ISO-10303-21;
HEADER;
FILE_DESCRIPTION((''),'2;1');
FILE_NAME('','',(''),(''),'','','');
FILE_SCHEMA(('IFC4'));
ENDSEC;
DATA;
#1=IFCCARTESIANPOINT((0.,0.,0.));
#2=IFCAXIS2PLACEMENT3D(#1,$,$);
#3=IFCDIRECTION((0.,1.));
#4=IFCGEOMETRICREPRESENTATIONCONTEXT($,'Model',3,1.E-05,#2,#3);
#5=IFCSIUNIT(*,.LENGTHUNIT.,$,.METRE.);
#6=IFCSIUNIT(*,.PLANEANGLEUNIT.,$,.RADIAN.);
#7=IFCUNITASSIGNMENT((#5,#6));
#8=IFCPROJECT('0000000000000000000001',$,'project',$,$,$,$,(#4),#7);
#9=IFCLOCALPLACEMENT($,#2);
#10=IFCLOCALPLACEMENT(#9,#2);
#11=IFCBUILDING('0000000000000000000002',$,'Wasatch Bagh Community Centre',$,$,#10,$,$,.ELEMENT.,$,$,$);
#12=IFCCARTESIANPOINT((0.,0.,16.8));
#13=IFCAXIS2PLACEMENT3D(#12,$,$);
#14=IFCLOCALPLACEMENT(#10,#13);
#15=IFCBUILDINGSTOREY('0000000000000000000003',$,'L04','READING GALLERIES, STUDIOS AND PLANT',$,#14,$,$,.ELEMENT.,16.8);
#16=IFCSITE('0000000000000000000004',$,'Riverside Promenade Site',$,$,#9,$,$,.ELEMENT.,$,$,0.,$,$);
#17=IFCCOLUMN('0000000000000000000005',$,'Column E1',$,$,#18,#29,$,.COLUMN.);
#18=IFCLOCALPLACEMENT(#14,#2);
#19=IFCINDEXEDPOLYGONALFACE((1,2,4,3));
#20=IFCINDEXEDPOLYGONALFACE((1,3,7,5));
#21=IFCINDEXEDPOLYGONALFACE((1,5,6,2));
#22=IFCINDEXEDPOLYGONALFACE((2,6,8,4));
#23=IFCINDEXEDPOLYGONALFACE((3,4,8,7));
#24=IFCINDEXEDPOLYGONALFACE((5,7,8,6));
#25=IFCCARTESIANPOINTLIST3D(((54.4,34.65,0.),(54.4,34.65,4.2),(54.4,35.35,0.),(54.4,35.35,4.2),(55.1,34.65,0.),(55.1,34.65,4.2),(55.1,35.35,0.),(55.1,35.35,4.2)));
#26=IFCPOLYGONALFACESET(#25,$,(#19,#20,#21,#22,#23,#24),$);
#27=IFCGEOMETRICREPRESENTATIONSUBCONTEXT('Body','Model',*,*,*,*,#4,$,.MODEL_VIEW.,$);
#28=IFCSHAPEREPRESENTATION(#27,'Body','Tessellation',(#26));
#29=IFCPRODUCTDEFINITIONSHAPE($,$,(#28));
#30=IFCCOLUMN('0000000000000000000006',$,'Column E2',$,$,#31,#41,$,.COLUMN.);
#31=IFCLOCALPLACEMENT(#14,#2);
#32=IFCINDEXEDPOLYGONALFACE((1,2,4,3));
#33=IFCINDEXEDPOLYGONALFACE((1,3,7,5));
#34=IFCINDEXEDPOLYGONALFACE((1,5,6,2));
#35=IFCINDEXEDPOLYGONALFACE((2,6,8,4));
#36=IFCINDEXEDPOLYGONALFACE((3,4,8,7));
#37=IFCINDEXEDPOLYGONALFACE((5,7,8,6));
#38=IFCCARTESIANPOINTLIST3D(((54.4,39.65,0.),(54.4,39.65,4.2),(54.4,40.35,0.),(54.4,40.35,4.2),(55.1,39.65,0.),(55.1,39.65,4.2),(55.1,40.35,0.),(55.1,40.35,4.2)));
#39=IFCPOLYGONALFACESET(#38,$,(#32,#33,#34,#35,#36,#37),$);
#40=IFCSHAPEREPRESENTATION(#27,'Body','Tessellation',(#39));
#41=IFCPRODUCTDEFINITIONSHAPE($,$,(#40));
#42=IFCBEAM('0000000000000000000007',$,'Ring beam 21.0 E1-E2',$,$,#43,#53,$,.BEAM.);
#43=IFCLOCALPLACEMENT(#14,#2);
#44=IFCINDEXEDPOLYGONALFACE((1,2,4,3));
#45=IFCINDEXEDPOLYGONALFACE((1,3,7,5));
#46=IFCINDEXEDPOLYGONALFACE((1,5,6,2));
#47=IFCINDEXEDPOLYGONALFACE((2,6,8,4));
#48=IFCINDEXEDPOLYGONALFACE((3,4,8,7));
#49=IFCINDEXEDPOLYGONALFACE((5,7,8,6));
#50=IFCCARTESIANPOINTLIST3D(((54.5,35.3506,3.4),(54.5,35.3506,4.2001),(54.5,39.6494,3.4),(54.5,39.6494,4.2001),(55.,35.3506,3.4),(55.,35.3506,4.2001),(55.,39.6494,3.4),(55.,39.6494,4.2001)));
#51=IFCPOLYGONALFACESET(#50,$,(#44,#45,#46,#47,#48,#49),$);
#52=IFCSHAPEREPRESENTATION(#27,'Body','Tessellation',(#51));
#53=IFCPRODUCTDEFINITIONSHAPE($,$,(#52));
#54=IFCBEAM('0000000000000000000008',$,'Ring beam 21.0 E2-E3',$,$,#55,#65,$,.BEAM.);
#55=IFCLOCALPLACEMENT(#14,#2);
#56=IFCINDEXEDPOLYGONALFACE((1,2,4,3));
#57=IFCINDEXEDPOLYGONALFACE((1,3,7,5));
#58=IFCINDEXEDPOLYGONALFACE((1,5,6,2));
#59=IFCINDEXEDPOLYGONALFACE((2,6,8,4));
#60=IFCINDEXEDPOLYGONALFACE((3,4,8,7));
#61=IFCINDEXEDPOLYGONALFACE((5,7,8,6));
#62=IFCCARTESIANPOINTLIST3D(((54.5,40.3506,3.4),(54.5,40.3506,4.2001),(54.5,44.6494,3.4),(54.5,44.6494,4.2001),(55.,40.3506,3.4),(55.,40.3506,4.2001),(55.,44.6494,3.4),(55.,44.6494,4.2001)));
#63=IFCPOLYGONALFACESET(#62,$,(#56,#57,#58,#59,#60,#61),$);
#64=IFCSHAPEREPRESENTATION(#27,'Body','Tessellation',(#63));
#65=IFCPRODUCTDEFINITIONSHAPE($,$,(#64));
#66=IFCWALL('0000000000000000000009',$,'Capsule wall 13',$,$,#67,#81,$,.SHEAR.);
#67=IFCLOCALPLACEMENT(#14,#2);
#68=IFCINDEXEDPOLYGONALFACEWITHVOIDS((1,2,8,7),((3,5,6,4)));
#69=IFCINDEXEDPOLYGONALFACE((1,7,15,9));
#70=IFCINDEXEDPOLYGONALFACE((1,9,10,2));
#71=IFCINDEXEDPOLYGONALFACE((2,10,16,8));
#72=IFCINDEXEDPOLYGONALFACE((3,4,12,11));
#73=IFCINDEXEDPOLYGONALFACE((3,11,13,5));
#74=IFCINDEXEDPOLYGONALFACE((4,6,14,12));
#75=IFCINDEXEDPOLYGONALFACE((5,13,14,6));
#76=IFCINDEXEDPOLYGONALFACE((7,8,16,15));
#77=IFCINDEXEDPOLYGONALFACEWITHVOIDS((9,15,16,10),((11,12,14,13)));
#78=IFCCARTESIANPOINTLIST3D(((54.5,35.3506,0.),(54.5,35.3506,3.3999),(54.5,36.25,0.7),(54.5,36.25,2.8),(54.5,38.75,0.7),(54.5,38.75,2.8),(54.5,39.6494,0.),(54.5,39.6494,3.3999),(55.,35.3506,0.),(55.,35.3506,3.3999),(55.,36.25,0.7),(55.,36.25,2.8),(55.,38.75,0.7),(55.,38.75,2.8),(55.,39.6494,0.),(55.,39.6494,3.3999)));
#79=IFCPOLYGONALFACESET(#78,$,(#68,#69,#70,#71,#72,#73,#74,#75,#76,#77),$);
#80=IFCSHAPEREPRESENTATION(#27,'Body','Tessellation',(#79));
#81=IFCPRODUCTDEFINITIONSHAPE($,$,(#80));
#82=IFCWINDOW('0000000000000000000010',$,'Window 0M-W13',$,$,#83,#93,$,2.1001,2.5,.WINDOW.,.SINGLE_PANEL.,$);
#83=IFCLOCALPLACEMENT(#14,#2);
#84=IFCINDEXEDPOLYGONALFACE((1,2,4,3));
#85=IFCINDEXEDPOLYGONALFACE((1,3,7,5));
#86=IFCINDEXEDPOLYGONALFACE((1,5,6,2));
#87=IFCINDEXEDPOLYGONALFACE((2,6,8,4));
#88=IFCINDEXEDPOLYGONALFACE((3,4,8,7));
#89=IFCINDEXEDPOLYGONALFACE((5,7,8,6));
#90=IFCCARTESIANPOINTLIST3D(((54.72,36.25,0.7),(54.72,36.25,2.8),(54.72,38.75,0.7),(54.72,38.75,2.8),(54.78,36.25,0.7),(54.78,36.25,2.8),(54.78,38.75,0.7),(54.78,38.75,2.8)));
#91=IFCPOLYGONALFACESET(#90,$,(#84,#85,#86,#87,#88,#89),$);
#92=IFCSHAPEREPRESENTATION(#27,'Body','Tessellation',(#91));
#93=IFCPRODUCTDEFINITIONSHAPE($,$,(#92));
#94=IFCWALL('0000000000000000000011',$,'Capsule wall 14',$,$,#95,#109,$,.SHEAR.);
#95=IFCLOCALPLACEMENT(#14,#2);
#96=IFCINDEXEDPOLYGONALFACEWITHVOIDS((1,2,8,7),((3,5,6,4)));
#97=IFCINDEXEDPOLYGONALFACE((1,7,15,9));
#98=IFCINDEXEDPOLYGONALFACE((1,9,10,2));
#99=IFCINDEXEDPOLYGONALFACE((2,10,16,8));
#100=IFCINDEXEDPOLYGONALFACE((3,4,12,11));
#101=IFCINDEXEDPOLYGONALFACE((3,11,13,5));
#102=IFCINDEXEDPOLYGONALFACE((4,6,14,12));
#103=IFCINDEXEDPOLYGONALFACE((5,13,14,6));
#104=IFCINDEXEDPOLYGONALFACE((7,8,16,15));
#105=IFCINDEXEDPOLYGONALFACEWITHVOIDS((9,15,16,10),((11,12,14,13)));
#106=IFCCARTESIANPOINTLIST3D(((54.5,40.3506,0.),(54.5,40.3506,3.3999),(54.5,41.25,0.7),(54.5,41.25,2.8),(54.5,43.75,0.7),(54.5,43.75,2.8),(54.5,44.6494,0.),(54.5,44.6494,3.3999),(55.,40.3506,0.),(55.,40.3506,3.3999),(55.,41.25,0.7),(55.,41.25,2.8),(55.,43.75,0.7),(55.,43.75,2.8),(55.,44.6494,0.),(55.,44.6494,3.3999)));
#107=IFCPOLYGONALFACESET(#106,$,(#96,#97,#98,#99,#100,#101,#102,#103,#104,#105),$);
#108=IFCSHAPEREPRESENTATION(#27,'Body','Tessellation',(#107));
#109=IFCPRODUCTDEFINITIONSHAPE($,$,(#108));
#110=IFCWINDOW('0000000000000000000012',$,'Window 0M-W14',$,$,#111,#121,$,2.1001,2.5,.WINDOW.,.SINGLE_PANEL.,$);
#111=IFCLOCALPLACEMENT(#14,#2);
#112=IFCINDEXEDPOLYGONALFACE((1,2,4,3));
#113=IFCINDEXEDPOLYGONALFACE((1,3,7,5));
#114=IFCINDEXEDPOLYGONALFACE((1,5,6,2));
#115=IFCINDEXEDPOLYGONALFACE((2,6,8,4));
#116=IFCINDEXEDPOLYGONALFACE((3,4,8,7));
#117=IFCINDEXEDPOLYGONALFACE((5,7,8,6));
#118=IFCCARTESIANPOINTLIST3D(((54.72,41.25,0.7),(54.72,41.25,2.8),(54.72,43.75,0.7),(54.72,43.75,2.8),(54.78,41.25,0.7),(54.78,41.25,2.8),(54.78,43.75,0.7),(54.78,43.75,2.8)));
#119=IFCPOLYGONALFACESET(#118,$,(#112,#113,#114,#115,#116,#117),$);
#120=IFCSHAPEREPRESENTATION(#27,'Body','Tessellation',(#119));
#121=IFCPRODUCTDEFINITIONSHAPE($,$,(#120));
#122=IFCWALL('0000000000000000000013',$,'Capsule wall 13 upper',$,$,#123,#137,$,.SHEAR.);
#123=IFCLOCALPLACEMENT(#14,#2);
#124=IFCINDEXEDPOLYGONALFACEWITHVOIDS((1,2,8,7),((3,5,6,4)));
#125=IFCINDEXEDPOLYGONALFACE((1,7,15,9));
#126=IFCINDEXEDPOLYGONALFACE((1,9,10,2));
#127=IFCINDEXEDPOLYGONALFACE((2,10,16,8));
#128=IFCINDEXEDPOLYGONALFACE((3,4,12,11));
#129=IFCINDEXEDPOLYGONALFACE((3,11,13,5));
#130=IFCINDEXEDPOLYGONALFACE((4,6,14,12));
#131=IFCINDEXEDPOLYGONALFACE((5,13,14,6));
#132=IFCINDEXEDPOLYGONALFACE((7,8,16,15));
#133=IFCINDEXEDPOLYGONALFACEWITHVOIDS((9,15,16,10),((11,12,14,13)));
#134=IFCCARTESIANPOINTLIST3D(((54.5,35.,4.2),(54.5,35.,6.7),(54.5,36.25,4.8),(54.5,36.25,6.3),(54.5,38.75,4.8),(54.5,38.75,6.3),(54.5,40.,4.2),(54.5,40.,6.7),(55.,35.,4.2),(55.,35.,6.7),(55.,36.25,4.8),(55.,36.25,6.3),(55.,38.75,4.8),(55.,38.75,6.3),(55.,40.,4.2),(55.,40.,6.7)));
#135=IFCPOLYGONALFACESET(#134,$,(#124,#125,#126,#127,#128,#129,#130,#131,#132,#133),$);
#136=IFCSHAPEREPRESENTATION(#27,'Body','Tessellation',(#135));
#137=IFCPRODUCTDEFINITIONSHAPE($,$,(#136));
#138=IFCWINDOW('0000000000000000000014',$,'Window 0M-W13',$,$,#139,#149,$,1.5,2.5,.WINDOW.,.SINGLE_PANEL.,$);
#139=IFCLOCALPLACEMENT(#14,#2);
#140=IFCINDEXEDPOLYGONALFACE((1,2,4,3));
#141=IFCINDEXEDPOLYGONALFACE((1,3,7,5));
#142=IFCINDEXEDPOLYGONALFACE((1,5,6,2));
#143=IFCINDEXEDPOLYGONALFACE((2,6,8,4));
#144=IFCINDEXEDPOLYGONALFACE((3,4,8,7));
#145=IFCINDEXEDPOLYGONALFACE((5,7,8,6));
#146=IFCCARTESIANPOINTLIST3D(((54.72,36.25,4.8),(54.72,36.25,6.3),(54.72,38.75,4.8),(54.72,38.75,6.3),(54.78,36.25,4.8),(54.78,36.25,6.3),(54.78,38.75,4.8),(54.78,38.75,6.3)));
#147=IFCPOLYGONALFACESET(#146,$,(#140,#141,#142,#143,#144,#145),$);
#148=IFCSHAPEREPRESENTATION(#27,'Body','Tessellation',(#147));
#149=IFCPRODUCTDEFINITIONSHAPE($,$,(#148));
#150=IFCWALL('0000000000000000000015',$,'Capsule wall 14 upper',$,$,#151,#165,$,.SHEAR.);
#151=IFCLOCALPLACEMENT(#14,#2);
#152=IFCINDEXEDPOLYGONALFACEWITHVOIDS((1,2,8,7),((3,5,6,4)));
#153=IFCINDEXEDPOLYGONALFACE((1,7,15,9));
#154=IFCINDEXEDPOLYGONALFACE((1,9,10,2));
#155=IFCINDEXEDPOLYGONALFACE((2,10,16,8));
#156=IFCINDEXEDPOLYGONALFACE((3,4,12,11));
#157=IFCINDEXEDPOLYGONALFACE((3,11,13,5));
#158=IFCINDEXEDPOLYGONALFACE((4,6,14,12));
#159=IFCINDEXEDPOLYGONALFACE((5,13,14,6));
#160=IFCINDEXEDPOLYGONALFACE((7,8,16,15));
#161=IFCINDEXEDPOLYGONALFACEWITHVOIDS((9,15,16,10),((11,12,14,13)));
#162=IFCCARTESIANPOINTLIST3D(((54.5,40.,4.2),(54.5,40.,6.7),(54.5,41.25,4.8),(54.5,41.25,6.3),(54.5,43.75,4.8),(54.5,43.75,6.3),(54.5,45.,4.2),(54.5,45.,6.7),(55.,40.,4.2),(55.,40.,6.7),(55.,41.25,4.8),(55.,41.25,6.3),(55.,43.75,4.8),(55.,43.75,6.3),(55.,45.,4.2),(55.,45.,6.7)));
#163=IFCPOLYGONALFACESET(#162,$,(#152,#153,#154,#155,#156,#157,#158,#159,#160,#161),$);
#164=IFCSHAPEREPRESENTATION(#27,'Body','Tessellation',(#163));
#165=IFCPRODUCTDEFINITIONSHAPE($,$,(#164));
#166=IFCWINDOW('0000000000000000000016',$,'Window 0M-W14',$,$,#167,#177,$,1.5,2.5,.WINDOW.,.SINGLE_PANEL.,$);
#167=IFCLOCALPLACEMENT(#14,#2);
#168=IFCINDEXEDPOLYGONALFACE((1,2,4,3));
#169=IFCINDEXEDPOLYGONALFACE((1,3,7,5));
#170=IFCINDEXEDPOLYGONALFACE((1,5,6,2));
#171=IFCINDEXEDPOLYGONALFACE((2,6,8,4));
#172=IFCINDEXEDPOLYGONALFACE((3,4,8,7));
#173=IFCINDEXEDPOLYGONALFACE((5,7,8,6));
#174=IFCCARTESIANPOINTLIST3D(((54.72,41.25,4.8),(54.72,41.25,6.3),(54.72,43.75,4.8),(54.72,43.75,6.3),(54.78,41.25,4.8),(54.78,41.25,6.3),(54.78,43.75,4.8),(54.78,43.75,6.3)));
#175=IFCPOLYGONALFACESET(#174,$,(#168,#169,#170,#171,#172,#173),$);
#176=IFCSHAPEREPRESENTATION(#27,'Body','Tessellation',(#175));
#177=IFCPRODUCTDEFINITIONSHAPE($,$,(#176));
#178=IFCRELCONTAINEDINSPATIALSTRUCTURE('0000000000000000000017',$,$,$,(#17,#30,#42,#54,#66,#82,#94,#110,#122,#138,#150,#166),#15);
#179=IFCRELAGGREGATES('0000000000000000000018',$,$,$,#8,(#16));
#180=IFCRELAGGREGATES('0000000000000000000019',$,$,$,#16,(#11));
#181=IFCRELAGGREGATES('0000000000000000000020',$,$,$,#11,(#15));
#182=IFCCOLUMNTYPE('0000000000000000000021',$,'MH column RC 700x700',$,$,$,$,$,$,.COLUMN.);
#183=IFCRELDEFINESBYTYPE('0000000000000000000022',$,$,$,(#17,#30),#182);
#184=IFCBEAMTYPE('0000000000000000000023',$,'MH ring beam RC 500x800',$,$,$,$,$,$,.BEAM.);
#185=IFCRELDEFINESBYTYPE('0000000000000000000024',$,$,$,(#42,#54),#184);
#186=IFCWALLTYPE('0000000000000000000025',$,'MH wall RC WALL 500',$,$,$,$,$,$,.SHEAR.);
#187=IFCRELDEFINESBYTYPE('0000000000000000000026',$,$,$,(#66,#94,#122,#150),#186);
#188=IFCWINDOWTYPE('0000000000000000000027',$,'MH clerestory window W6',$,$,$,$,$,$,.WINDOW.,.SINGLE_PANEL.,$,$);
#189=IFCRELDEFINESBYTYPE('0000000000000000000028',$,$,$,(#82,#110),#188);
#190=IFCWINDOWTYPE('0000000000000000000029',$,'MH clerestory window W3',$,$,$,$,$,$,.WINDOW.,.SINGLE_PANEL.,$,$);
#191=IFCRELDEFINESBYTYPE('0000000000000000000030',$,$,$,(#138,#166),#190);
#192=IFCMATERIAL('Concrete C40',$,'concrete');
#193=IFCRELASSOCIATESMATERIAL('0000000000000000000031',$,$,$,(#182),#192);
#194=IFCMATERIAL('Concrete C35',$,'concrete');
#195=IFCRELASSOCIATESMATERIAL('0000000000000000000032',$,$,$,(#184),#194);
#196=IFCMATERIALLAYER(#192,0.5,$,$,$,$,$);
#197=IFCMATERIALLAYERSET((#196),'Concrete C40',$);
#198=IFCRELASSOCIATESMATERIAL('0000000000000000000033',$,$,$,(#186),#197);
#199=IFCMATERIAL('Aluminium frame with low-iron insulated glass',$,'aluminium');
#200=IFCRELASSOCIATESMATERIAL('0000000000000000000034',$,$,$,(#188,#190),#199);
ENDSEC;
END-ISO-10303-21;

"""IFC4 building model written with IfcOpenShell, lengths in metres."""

from ifc_helpers import new_model, si_unit, direction, frame, frame_2d, origin, origin_2d, place, context, subcontext, project, spatial, rectangle, extrude, material, layer, layer_set, material_profile, profile_set, type_object, element, fill, save


model = new_model("IFC4")

# Units and contexts
model_context = context("Model", 3, precision=1e-05, world=origin(), true_north=direction((0.0, 1.0)))
body_context = subcontext(model_context, "Body", "Model", "MODEL_VIEW")
ifc_project = project(units=[si_unit("LENGTHUNIT", "METRE"), si_unit("PLANEANGLEUNIT", "RADIAN")], contexts=[model_context])

# Site, building, storey
site_placement = place(None, origin())
site = spatial("IfcSite", under=ifc_project, at=site_placement, Name="Riverside Promenade Site", CompositionType="ELEMENT", RefElevation=0.0)
building_placement = place(site_placement, origin())
building = spatial("IfcBuilding", under=site, at=building_placement, Name="Wasatch Bagh Community Centre", CompositionType="ELEMENT")
storey_placement = place(building_placement, frame((0.0, 0.0, 16.8)))
storey = spatial("IfcBuildingStorey", under=building, at=storey_placement, Name="L04", Description="READING GALLERIES, STUDIOS AND PLANT", CompositionType="ELEMENT", Elevation=16.8)

# Columns
ifc_material_1 = material(Name="Concrete C40", Category="concrete")
ifc_material_profile_1 = material_profile(ifc_material_1, rectangle(XDim=0.7, YDim=0.7, at=origin_2d()), Name="RC 700x700")
ifc_profile_set_1 = profile_set([ifc_material_profile_1], Name="Concrete C40")
column_type = type_object("IfcColumnType", Name="MH column RC 700x700", PredefinedType="COLUMN", material=ifc_profile_set_1)
for number, where, z_axis, x_axis, name in (
    (1, (54.75, 35.0, 0.0), (0.0, 0.0, 1.0), (1.0, 0.0, 0.0), "Column E1"),
    (2, (54.75, 40.0, 0.0), (0.0, 0.0, 1.0), (1.0, 0.0, 0.0), "Column E2"),
):
    element("IfcColumn", number, at=place(storey_placement, frame(where, z_axis=z_axis, x_axis=x_axis)), inside=storey, type_object=column_type, Name=name, PredefinedType="COLUMN", context=body_context, shape_type="SweptSolid", body=[
        extrude(rectangle(XDim=0.7, YDim=0.7, at=origin_2d()), origin(), (0.0, 0.0, 1.0), 4.2),
    ])

# Beams
ifc_material_2 = material(Name="Concrete C35", Category="concrete")
ifc_material_profile_2 = material_profile(ifc_material_2, rectangle(XDim=0.5, YDim=0.8, at=origin_2d()), Name="RC 500x800")
ifc_profile_set_2 = profile_set([ifc_material_profile_2], Name="Concrete C35")
beam_type = type_object("IfcBeamType", Name="MH ring beam RC 500x800", PredefinedType="BEAM", material=ifc_profile_set_2)
for number, where, z_axis, x_axis, name in (
    (3, (54.75, 35.3506, 3.8), (0.0, 1.0, 0.0), (-1.0, 0.0, 0.0), "Ring beam 21.0 E1-E2"),
    (4, (54.75, 40.3506, 3.8), (0.0, 1.0, 0.0), (-1.0, 0.0, 0.0), "Ring beam 21.0 E2-E3"),
):
    element("IfcBeam", number, at=place(storey_placement, frame(where, z_axis=z_axis, x_axis=x_axis)), inside=storey, type_object=beam_type, Name=name, PredefinedType="BEAM", context=body_context, shape_type="SweptSolid", body=[
        extrude(rectangle(XDim=0.5, YDim=0.8, at=origin_2d()), origin(), (0.0, 0.0, 1.0), 4.2988),
    ])

# Walls, openings, windows
ifc_layer_1 = layer(ifc_material_1, 0.5)
ifc_layer_set_1 = layer_set([ifc_layer_1], Name="Concrete C40")
wall_type = type_object("IfcWallType", Name="MH wall RC WALL 500", PredefinedType="SHEAR", material=ifc_layer_set_1)
wall_1_placement = place(storey_placement, frame((54.75, 35.3506, 0.0), z_axis=(0.0, 0.0, 1.0), x_axis=(0.0, 1.0, 0.0)))
wall_1 = element("IfcWall", 5, at=wall_1_placement, inside=storey, type_object=wall_type, Name="Capsule wall 13", PredefinedType="SHEAR", context=body_context, shape_type="SweptSolid", body=[
    extrude(rectangle(XDim=4.2988, YDim=0.5, at=frame_2d((2.1494, 0.0))), origin(), (0.0, 0.0, 1.0), 3.3999),
])
opening_1_placement = place(wall_1_placement, frame((0.8994, 0.0, 0.7)))
opening_1 = element("IfcOpeningElement", 6, at=opening_1_placement, cuts=wall_1, PredefinedType="OPENING", context=body_context, shape_type="SweptSolid", body=[
    extrude(rectangle(XDim=2.5, YDim=2.1001, at=frame_2d((1.25, 1.05))), frame((0.0, 0.26, 0.0), z_axis=(0.0, -1.0, 0.0), x_axis=(1.0, 0.0, 0.0)), (0.0, 0.0, 1.0), 0.52),
])
ifc_material_3 = material(Name="Aluminium frame with low-iron insulated glass", Category="aluminium")
window_type_1 = type_object("IfcWindowType", Name="MH clerestory window W6", PartitioningType="SINGLE_PANEL", PredefinedType="WINDOW", material=ifc_material_3)
window_1_placement = place(opening_1_placement, origin())
window_1 = element("IfcWindow", 7, at=window_1_placement, inside=storey, type_object=window_type_1, Name="Window 0M-W13", OverallHeight=2.1001, OverallWidth=2.5, PartitioningType="SINGLE_PANEL", PredefinedType="WINDOW", context=body_context, shape_type="SweptSolid", body=[
    extrude(rectangle(XDim=2.5, YDim=2.1001, at=frame_2d((1.25, 1.05))), frame((0.0, 0.03, 0.0), z_axis=(0.0, -1.0, 0.0), x_axis=(1.0, 0.0, 0.0)), (0.0, 0.0, 1.0), 0.0601),
])
fill(opening_1, window_1)
wall_2_placement = place(storey_placement, frame((54.75, 40.3506, 0.0), z_axis=(0.0, 0.0, 1.0), x_axis=(0.0, 1.0, 0.0)))
wall_2 = element("IfcWall", 8, at=wall_2_placement, inside=storey, type_object=wall_type, Name="Capsule wall 14", PredefinedType="SHEAR", context=body_context, shape_type="SweptSolid", body=[
    extrude(rectangle(XDim=4.2988, YDim=0.5, at=frame_2d((2.1494, 0.0))), origin(), (0.0, 0.0, 1.0), 3.3999),
])
opening_2_placement = place(wall_2_placement, frame((0.8994, 0.0, 0.7)))
opening_2 = element("IfcOpeningElement", 9, at=opening_2_placement, cuts=wall_2, PredefinedType="OPENING", context=body_context, shape_type="SweptSolid", body=[
    extrude(rectangle(XDim=2.5, YDim=2.1001, at=frame_2d((1.25, 1.05))), frame((0.0, 0.26, 0.0), z_axis=(0.0, -1.0, 0.0), x_axis=(1.0, 0.0, 0.0)), (0.0, 0.0, 1.0), 0.52),
])
window_2_placement = place(opening_2_placement, origin())
window_2 = element("IfcWindow", 10, at=window_2_placement, inside=storey, type_object=window_type_1, Name="Window 0M-W14", OverallHeight=2.1001, OverallWidth=2.5, PartitioningType="SINGLE_PANEL", PredefinedType="WINDOW", context=body_context, shape_type="SweptSolid", body=[
    extrude(rectangle(XDim=2.5, YDim=2.1001, at=frame_2d((1.25, 1.05))), frame((0.0, 0.03, 0.0), z_axis=(0.0, -1.0, 0.0), x_axis=(1.0, 0.0, 0.0)), (0.0, 0.0, 1.0), 0.0601),
])
fill(opening_2, window_2)
wall_3_placement = place(storey_placement, frame((54.75, 35.0, 4.2), z_axis=(0.0, 0.0, 1.0), x_axis=(0.0, 1.0, 0.0)))
wall_3 = element("IfcWall", 11, at=wall_3_placement, inside=storey, type_object=wall_type, Name="Capsule wall 13 upper", PredefinedType="SHEAR", context=body_context, shape_type="SweptSolid", body=[
    extrude(rectangle(XDim=5.0, YDim=0.5, at=frame_2d((2.5, 0.0))), origin(), (0.0, 0.0, 1.0), 2.5),
])
opening_3_placement = place(wall_3_placement, frame((1.25, 0.0, 0.6001)))
opening_3 = element("IfcOpeningElement", 12, at=opening_3_placement, cuts=wall_3, PredefinedType="OPENING", context=body_context, shape_type="SweptSolid", body=[
    extrude(rectangle(XDim=2.5, YDim=1.5, at=frame_2d((1.25, 0.75))), frame((0.0, 0.26, 0.0), z_axis=(0.0, -1.0, 0.0), x_axis=(1.0, 0.0, 0.0)), (0.0, 0.0, 1.0), 0.52),
])
window_type_2 = type_object("IfcWindowType", Name="MH clerestory window W3", PartitioningType="SINGLE_PANEL", PredefinedType="WINDOW", material=ifc_material_3)
window_3_placement = place(opening_3_placement, origin())
window_3 = element("IfcWindow", 13, at=window_3_placement, inside=storey, type_object=window_type_2, Name="Window 0M-W13", OverallHeight=1.5, OverallWidth=2.5, PartitioningType="SINGLE_PANEL", PredefinedType="WINDOW", context=body_context, shape_type="SweptSolid", body=[
    extrude(rectangle(XDim=2.5, YDim=1.5, at=frame_2d((1.25, 0.75))), frame((0.0, 0.03, 0.0), z_axis=(0.0, -1.0, 0.0), x_axis=(1.0, 0.0, 0.0)), (0.0, 0.0, 1.0), 0.0601),
])
fill(opening_3, window_3)
wall_4_placement = place(storey_placement, frame((54.75, 40.0, 4.2), z_axis=(0.0, 0.0, 1.0), x_axis=(0.0, 1.0, 0.0)))
wall_4 = element("IfcWall", 14, at=wall_4_placement, inside=storey, type_object=wall_type, Name="Capsule wall 14 upper", PredefinedType="SHEAR", context=body_context, shape_type="SweptSolid", body=[
    extrude(rectangle(XDim=5.0, YDim=0.5, at=frame_2d((2.5, 0.0))), origin(), (0.0, 0.0, 1.0), 2.5),
])
opening_4_placement = place(wall_4_placement, frame((1.25, 0.0, 0.6001)))
opening_4 = element("IfcOpeningElement", 15, at=opening_4_placement, cuts=wall_4, PredefinedType="OPENING", context=body_context, shape_type="SweptSolid", body=[
    extrude(rectangle(XDim=2.5, YDim=1.5, at=frame_2d((1.25, 0.75))), frame((0.0, 0.26, 0.0), z_axis=(0.0, -1.0, 0.0), x_axis=(1.0, 0.0, 0.0)), (0.0, 0.0, 1.0), 0.52),
])
window_4_placement = place(opening_4_placement, origin())
window_4 = element("IfcWindow", 16, at=window_4_placement, inside=storey, type_object=window_type_2, Name="Window 0M-W14", OverallHeight=1.5, OverallWidth=2.5, PartitioningType="SINGLE_PANEL", PredefinedType="WINDOW", context=body_context, shape_type="SweptSolid", body=[
    extrude(rectangle(XDim=2.5, YDim=1.5, at=frame_2d((1.25, 0.75))), frame((0.0, 0.03, 0.0), z_axis=(0.0, -1.0, 0.0), x_axis=(1.0, 0.0, 0.0)), (0.0, 0.0, 1.0), 0.0601),
])
fill(opening_4, window_4)

save(model, "model.ifc")
